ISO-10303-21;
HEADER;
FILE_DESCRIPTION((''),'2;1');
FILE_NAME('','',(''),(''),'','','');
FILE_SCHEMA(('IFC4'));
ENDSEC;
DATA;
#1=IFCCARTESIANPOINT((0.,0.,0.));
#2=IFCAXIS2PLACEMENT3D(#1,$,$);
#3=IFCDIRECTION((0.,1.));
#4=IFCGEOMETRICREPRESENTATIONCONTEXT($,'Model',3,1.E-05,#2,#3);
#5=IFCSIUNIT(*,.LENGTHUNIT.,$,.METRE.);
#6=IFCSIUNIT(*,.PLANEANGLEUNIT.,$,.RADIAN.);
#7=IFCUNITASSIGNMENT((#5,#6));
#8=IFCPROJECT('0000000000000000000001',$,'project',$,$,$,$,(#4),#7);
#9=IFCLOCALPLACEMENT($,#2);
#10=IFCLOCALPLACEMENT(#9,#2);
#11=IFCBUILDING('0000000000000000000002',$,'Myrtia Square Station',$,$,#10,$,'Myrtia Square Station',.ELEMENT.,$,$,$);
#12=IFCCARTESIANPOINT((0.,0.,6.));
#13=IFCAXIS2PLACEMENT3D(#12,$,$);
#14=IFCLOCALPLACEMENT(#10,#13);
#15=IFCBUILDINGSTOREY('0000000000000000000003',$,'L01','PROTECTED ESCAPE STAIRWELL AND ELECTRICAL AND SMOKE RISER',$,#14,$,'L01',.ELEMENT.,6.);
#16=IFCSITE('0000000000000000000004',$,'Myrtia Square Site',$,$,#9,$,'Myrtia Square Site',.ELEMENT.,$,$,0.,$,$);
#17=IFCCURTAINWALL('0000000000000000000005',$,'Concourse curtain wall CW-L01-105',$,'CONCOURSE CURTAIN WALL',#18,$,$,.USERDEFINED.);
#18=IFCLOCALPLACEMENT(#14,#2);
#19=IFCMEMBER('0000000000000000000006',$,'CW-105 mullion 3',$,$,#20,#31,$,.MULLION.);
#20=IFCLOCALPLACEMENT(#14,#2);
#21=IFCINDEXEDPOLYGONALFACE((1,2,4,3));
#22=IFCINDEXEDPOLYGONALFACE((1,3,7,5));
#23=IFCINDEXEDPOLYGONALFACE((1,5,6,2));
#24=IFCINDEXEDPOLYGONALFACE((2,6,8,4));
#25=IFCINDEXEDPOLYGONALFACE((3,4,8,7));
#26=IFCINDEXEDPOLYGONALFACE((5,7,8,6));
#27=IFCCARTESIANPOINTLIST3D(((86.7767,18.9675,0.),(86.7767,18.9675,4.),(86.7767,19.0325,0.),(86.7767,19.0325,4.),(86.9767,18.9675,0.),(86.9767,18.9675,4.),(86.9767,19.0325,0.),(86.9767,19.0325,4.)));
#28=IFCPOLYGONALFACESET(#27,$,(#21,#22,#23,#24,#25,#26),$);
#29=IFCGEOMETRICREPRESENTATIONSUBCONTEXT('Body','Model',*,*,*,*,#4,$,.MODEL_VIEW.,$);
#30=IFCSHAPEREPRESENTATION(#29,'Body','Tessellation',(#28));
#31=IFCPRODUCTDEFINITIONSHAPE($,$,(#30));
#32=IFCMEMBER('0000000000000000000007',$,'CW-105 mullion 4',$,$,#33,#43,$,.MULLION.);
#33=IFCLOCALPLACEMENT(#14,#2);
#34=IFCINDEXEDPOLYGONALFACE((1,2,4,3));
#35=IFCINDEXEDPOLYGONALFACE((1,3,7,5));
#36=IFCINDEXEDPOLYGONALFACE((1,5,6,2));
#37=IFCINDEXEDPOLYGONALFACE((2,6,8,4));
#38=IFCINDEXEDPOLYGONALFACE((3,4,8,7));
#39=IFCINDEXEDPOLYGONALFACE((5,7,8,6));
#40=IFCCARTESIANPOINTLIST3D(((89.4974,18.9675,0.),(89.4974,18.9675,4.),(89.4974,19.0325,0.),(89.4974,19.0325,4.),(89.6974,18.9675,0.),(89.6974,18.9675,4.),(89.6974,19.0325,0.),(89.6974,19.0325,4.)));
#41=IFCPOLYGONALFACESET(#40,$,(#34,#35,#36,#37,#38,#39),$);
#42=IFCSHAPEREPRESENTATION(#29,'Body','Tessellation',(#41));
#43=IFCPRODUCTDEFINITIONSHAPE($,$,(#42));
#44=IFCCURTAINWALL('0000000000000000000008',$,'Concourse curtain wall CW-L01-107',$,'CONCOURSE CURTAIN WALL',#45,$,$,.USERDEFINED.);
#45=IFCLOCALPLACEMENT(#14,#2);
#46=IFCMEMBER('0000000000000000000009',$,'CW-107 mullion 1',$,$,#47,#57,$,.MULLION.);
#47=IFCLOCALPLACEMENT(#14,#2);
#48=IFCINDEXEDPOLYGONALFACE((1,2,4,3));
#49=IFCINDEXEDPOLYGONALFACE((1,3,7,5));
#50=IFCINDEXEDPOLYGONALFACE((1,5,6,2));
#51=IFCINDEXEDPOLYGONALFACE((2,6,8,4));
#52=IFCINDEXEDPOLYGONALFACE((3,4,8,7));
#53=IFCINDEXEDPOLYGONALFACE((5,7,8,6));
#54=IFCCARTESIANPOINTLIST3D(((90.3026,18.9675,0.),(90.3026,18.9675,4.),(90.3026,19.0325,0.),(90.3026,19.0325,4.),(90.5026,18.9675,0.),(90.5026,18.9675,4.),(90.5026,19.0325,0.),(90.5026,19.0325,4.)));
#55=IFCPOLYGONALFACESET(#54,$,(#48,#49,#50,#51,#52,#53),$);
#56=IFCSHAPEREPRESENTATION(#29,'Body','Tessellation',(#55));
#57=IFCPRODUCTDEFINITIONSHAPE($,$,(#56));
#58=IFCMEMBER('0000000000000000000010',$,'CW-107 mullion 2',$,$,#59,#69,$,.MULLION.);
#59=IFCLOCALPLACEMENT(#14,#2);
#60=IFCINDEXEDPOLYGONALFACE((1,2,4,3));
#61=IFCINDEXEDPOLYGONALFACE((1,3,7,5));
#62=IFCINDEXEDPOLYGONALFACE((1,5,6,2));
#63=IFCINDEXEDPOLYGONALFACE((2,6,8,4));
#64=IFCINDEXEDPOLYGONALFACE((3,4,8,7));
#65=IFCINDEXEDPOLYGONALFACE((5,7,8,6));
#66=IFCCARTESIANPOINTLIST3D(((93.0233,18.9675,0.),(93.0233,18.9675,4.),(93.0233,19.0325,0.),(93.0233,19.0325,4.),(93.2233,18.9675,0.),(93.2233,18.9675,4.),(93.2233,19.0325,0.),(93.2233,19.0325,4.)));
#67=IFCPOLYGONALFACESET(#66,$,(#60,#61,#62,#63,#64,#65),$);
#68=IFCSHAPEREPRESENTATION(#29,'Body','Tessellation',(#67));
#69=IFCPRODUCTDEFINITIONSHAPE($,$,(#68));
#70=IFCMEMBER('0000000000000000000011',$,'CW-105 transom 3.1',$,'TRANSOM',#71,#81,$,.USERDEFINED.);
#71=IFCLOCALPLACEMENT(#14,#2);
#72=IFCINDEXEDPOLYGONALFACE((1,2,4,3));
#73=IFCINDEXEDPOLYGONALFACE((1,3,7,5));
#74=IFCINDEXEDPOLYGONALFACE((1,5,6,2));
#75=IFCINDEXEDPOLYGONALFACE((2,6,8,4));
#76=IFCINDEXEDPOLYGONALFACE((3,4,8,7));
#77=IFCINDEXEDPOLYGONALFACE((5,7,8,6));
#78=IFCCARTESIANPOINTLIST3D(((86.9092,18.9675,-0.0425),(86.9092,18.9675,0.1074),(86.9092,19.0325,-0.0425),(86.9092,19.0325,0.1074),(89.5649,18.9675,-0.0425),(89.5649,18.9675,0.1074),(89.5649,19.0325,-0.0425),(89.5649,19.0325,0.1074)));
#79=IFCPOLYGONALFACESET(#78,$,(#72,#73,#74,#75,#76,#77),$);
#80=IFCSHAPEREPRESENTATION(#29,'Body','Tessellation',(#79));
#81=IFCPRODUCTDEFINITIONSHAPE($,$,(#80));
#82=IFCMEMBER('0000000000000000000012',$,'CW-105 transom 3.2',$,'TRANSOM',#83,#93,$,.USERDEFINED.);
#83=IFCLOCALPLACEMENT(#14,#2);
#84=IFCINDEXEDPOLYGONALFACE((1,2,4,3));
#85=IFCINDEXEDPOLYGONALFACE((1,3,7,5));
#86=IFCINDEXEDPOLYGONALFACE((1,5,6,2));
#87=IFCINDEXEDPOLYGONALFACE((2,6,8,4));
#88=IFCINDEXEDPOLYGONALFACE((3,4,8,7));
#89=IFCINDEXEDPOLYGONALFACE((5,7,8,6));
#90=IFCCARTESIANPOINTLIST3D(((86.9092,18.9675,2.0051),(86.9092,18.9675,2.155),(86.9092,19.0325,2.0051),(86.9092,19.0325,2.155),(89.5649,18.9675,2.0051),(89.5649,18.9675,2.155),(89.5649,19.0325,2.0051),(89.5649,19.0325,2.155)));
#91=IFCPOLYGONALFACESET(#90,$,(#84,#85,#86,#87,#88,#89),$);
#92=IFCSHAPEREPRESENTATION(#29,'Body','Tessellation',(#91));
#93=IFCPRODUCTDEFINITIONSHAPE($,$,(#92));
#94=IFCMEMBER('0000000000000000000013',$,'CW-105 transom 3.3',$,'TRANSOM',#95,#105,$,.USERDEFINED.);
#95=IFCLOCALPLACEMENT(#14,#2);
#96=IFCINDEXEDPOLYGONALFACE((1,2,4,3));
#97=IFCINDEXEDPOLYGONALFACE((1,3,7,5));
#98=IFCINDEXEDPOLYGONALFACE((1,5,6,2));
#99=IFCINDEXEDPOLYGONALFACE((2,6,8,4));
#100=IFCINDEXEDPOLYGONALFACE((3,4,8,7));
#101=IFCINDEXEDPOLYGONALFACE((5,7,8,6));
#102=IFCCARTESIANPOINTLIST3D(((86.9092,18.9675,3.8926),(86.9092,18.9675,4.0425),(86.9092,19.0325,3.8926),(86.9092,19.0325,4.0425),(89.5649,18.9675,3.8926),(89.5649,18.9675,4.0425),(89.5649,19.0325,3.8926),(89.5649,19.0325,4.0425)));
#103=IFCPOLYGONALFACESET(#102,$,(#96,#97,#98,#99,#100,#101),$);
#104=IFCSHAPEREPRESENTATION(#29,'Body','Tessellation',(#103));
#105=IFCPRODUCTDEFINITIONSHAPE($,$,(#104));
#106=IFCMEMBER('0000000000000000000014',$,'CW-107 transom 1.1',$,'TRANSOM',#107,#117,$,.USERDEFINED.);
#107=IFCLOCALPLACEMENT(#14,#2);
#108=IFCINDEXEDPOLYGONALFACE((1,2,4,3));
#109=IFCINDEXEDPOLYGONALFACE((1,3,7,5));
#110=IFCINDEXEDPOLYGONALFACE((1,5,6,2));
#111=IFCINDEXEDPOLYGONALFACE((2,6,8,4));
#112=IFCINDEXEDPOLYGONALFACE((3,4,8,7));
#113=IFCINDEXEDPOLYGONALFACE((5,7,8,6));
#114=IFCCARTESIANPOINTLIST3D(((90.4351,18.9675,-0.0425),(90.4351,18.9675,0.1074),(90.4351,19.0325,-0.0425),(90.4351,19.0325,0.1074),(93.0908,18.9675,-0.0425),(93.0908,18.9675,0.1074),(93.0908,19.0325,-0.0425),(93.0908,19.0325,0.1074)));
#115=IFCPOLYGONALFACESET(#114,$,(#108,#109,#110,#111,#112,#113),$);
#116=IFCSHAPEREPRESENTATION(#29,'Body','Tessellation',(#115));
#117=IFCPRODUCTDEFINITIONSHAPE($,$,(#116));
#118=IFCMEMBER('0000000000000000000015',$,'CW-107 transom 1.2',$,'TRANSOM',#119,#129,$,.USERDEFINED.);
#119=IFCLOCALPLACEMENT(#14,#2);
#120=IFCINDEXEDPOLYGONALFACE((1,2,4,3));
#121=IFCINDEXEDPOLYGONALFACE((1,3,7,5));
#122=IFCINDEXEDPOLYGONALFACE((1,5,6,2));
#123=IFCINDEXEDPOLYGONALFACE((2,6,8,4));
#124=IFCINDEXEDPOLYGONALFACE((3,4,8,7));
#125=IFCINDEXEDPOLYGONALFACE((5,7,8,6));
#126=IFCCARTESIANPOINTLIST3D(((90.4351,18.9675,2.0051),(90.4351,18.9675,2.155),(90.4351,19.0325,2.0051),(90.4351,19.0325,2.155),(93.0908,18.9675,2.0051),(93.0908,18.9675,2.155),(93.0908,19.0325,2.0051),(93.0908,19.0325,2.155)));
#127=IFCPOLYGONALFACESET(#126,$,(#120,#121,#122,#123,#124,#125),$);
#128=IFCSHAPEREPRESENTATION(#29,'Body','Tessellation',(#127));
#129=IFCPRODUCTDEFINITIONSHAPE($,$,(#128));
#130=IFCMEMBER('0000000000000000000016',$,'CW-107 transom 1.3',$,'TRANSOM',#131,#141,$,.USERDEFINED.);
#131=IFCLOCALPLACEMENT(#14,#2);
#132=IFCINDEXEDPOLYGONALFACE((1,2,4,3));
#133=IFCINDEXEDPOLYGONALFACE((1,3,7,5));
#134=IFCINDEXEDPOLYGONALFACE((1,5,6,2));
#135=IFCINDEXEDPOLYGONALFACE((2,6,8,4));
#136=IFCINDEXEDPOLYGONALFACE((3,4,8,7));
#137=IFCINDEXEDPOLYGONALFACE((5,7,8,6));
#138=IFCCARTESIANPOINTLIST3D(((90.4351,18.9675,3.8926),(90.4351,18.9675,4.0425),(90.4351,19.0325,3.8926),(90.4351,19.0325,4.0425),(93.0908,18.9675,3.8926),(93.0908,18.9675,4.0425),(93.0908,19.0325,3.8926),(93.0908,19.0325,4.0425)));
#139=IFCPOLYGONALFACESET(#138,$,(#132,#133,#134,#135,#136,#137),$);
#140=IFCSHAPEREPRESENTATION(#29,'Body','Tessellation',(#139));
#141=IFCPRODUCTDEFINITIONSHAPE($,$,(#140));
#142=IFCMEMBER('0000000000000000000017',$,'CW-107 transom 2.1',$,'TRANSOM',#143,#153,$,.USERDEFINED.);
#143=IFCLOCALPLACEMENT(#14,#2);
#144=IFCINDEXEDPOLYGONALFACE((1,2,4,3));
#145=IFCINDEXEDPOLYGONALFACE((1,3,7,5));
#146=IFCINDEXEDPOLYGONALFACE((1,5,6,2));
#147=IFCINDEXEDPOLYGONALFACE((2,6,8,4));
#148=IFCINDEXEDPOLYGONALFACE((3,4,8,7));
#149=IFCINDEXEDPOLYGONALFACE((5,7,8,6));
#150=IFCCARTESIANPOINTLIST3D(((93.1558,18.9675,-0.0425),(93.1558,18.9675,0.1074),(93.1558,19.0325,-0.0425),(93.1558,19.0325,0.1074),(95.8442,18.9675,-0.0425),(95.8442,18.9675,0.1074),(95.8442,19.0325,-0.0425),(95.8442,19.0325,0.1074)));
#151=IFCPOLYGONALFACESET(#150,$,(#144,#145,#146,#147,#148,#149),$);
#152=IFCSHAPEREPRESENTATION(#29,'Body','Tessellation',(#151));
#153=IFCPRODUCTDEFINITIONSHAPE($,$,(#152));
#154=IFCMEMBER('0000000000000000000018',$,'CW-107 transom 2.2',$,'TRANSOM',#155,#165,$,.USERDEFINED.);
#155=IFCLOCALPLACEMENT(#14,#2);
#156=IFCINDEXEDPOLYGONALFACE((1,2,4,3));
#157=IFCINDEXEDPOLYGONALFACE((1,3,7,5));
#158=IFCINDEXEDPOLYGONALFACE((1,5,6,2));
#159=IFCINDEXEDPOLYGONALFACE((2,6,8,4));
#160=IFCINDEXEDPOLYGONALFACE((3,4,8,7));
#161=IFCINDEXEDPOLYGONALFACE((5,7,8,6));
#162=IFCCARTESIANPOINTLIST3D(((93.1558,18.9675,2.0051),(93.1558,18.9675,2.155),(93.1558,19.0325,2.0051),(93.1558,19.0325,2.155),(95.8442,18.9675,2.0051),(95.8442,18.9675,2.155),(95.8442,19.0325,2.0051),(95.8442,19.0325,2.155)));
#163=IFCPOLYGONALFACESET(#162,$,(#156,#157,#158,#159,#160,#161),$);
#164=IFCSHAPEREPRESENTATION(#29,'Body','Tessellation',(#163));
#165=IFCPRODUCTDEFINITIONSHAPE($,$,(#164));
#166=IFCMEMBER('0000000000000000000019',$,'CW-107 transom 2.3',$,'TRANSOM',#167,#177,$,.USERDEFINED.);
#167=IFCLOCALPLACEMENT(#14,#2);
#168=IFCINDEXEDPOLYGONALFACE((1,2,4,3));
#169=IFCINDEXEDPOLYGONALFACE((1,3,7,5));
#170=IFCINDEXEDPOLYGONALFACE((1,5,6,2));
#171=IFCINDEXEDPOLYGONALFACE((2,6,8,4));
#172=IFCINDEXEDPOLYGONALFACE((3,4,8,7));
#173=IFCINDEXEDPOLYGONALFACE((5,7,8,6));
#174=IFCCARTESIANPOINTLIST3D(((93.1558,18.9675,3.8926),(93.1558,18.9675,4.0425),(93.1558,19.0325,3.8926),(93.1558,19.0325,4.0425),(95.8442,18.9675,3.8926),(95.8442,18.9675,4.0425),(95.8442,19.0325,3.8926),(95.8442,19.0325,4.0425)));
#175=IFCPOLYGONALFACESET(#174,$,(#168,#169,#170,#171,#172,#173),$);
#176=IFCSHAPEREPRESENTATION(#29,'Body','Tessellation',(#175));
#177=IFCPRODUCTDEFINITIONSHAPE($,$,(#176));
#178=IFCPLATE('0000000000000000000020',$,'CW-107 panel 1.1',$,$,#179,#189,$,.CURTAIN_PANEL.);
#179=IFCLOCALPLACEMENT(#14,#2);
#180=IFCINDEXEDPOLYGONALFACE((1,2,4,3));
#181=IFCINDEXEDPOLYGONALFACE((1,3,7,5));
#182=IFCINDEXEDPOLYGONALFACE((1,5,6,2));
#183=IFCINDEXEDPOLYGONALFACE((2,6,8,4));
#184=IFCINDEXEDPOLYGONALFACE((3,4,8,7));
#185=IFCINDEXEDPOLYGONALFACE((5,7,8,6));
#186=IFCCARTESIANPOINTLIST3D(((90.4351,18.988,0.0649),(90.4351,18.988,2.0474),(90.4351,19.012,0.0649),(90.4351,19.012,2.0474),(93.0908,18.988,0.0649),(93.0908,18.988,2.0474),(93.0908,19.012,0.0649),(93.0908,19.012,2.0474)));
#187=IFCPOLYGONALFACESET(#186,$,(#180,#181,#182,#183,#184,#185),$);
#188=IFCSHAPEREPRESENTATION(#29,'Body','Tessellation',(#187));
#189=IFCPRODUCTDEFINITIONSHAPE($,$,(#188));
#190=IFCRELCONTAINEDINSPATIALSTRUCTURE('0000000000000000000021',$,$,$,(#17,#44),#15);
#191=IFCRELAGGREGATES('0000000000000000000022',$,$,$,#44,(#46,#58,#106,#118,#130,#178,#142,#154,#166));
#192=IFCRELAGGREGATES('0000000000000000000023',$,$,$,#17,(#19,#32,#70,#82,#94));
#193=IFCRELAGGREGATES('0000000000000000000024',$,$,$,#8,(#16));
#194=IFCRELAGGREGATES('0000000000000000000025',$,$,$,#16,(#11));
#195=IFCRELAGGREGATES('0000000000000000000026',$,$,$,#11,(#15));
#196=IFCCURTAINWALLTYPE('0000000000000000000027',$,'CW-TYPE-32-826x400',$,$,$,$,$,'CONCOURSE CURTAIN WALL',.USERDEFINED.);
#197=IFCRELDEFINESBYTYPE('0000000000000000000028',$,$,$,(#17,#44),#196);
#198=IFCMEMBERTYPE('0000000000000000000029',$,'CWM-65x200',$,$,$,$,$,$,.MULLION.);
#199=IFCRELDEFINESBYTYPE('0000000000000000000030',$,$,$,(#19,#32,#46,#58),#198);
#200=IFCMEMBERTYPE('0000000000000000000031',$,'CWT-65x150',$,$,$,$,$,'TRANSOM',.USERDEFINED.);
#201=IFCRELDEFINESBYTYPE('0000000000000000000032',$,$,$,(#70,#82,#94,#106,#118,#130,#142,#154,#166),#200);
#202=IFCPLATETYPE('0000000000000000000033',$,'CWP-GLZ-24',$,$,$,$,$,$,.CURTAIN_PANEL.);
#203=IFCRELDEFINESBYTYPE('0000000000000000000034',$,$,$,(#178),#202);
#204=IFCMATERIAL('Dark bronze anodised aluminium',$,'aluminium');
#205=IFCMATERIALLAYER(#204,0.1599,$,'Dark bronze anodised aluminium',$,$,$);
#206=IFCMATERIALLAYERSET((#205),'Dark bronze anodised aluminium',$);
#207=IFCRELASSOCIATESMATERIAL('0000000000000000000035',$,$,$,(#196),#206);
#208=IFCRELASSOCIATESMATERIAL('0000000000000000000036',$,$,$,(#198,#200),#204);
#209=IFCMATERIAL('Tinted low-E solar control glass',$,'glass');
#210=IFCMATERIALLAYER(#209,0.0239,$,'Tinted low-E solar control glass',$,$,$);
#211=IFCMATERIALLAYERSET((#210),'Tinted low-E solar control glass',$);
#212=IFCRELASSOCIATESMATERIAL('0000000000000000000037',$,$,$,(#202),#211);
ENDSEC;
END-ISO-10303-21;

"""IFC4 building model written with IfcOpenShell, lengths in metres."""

from ifc_helpers import new_model, si_unit, direction, frame, origin, origin_2d, place, context, subcontext, project, spatial, rectangle, extrude, material, layer, layer_set, material_profile, profile_set, type_object, element, aggregate, save


model = new_model("IFC4")

# Units and contexts
model_context = context("Model", 3, precision=1e-05, world=origin(), true_north=direction((0.0, 1.0)))
body_context = subcontext(model_context, "Body", "Model", "MODEL_VIEW")
ifc_project = project(units=[si_unit("LENGTHUNIT", "METRE"), si_unit("PLANEANGLEUNIT", "RADIAN")], contexts=[model_context])

# Site, building, storey
site_placement = place(None, origin())
site = spatial("IfcSite", under=ifc_project, at=site_placement, Name="Myrtia Square Site", LongName="Myrtia Square Site", CompositionType="ELEMENT", RefElevation=0.0)
building_placement = place(site_placement, origin())
building = spatial("IfcBuilding", under=site, at=building_placement, Name="Myrtia Square Station", LongName="Myrtia Square Station", CompositionType="ELEMENT")
storey_placement = place(building_placement, frame((0.0, 0.0, 6.0)))
storey = spatial("IfcBuildingStorey", under=building, at=storey_placement, Name="L01", Description="PROTECTED ESCAPE STAIRWELL AND ELECTRICAL AND SMOKE RISER", LongName="L01", CompositionType="ELEMENT", Elevation=6.0)

# Curtain walls, members
ifc_material_1 = material(Name="Dark bronze anodised aluminium", Category="aluminium")
ifc_layer_1 = layer(ifc_material_1, 0.1599, Name="Dark bronze anodised aluminium")
ifc_layer_set_1 = layer_set([ifc_layer_1], Name="Dark bronze anodised aluminium")
curtain_wall_type = type_object("IfcCurtainWallType", Name="CW-TYPE-32-826x400", ElementType="CONCOURSE CURTAIN WALL", PredefinedType="USERDEFINED", material=ifc_layer_set_1)
curtain_wall_1_placement = place(storey_placement, origin())
curtain_wall_1 = element("IfcCurtainWall", 1, at=curtain_wall_1_placement, inside=storey, type_object=curtain_wall_type, Name="Concourse curtain wall CW-L01-105", ObjectType="CONCOURSE CURTAIN WALL", PredefinedType="USERDEFINED")
ifc_material_profile_1 = material_profile(ifc_material_1, rectangle(XDim=0.0649, YDim=0.2, at=origin_2d()), Name="ALU-M 65x200")
ifc_profile_set_1 = profile_set([ifc_material_profile_1], Name="Dark bronze anodised aluminium")
member_type_1 = type_object("IfcMemberType", Name="CWM-65x200", PredefinedType="MULLION", material=ifc_profile_set_1)
member_1_placement = place(storey_placement, frame((86.8767, 19.0, 0.0), z_axis=(0.0, 0.0, 1.0), x_axis=(0.0, 1.0, 0.0)))
member_1 = element("IfcMember", 2, at=member_1_placement, type_object=member_type_1, Name="CW-105 mullion 3", PredefinedType="MULLION", context=body_context, shape_type="SweptSolid", body=[
    extrude(rectangle(XDim=0.0649, YDim=0.2, at=origin_2d()), origin(), (0.0, 0.0, 1.0), 4.0),
])
member_2_placement = place(storey_placement, frame((89.5974, 19.0, 0.0), z_axis=(0.0, 0.0, 1.0), x_axis=(0.0, 1.0, 0.0)))
member_2 = element("IfcMember", 3, at=member_2_placement, type_object=member_type_1, Name="CW-105 mullion 4", PredefinedType="MULLION", context=body_context, shape_type="SweptSolid", body=[
    extrude(rectangle(XDim=0.0649, YDim=0.2, at=origin_2d()), origin(), (0.0, 0.0, 1.0), 4.0),
])
curtain_wall_2_placement = place(storey_placement, origin())
curtain_wall_2 = element("IfcCurtainWall", 4, at=curtain_wall_2_placement, inside=storey, type_object=curtain_wall_type, Name="Concourse curtain wall CW-L01-107", ObjectType="CONCOURSE CURTAIN WALL", PredefinedType="USERDEFINED")
member_3_placement = place(storey_placement, frame((90.4026, 19.0, 0.0), z_axis=(0.0, 0.0, 1.0), x_axis=(0.0, 1.0, 0.0)))
member_3 = element("IfcMember", 5, at=member_3_placement, type_object=member_type_1, Name="CW-107 mullion 1", PredefinedType="MULLION", context=body_context, shape_type="SweptSolid", body=[
    extrude(rectangle(XDim=0.0649, YDim=0.2, at=origin_2d()), origin(), (0.0, 0.0, 1.0), 4.0),
])
member_4_placement = place(storey_placement, frame((93.1233, 19.0, 0.0), z_axis=(0.0, 0.0, 1.0), x_axis=(0.0, 1.0, 0.0)))
member_4 = element("IfcMember", 6, at=member_4_placement, type_object=member_type_1, Name="CW-107 mullion 2", PredefinedType="MULLION", context=body_context, shape_type="SweptSolid", body=[
    extrude(rectangle(XDim=0.0649, YDim=0.2, at=origin_2d()), origin(), (0.0, 0.0, 1.0), 4.0),
])

# Members
ifc_material_profile_2 = material_profile(ifc_material_1, rectangle(XDim=0.0649, YDim=0.1499, at=origin_2d()), Name="ALU-T 65x150")
ifc_profile_set_2 = profile_set([ifc_material_profile_2], Name="Dark bronze anodised aluminium")
member_type_2 = type_object("IfcMemberType", Name="CWT-65x150", ElementType="TRANSOM", PredefinedType="USERDEFINED", material=ifc_profile_set_2)
member_5_placement = place(storey_placement, frame((86.9092, 19.0, 0.0325), z_axis=(1.0, 0.0, 0.0), x_axis=(0.0, 1.0, 0.0)))
member_5 = element("IfcMember", 7, at=member_5_placement, type_object=member_type_2, Name="CW-105 transom 3.1", ObjectType="TRANSOM", PredefinedType="USERDEFINED", context=body_context, shape_type="SweptSolid", body=[
    extrude(rectangle(XDim=0.0649, YDim=0.1499, at=origin_2d()), origin(), (0.0, 0.0, 1.0), 2.6558),
])
member_6_placement = place(storey_placement, frame((86.9092, 19.0, 2.0801), z_axis=(1.0, 0.0, 0.0), x_axis=(0.0, 1.0, 0.0)))
member_6 = element("IfcMember", 8, at=member_6_placement, type_object=member_type_2, Name="CW-105 transom 3.2", ObjectType="TRANSOM", PredefinedType="USERDEFINED", context=body_context, shape_type="SweptSolid", body=[
    extrude(rectangle(XDim=0.0649, YDim=0.1499, at=origin_2d()), origin(), (0.0, 0.0, 1.0), 2.6558),
])
member_7_placement = place(storey_placement, frame((86.9092, 19.0, 3.9675), z_axis=(1.0, 0.0, 0.0), x_axis=(0.0, 1.0, 0.0)))
member_7 = element("IfcMember", 9, at=member_7_placement, type_object=member_type_2, Name="CW-105 transom 3.3", ObjectType="TRANSOM", PredefinedType="USERDEFINED", context=body_context, shape_type="SweptSolid", body=[
    extrude(rectangle(XDim=0.0649, YDim=0.1499, at=origin_2d()), origin(), (0.0, 0.0, 1.0), 2.6558),
])
member_8_placement = place(storey_placement, frame((90.4351, 19.0, 0.0325), z_axis=(1.0, 0.0, 0.0), x_axis=(0.0, 1.0, 0.0)))
member_8 = element("IfcMember", 10, at=member_8_placement, type_object=member_type_2, Name="CW-107 transom 1.1", ObjectType="TRANSOM", PredefinedType="USERDEFINED", context=body_context, shape_type="SweptSolid", body=[
    extrude(rectangle(XDim=0.0649, YDim=0.1499, at=origin_2d()), origin(), (0.0, 0.0, 1.0), 2.6558),
])
member_9_placement = place(storey_placement, frame((90.4351, 19.0, 2.0801), z_axis=(1.0, 0.0, 0.0), x_axis=(0.0, 1.0, 0.0)))
member_9 = element("IfcMember", 11, at=member_9_placement, type_object=member_type_2, Name="CW-107 transom 1.2", ObjectType="TRANSOM", PredefinedType="USERDEFINED", context=body_context, shape_type="SweptSolid", body=[
    extrude(rectangle(XDim=0.0649, YDim=0.1499, at=origin_2d()), origin(), (0.0, 0.0, 1.0), 2.6558),
])
member_10_placement = place(storey_placement, frame((90.4351, 19.0, 3.9675), z_axis=(1.0, 0.0, 0.0), x_axis=(0.0, 1.0, 0.0)))
member_10 = element("IfcMember", 12, at=member_10_placement, type_object=member_type_2, Name="CW-107 transom 1.3", ObjectType="TRANSOM", PredefinedType="USERDEFINED", context=body_context, shape_type="SweptSolid", body=[
    extrude(rectangle(XDim=0.0649, YDim=0.1499, at=origin_2d()), origin(), (0.0, 0.0, 1.0), 2.6558),
])
member_11_placement = place(storey_placement, frame((93.1558, 19.0, 0.0325), z_axis=(1.0, 0.0, 0.0), x_axis=(0.0, 1.0, 0.0)))
member_11 = element("IfcMember", 13, at=member_11_placement, type_object=member_type_2, Name="CW-107 transom 2.1", ObjectType="TRANSOM", PredefinedType="USERDEFINED", context=body_context, shape_type="SweptSolid", body=[
    extrude(rectangle(XDim=0.0649, YDim=0.1499, at=origin_2d()), origin(), (0.0, 0.0, 1.0), 2.6885),
])
member_12_placement = place(storey_placement, frame((93.1558, 19.0, 2.0801), z_axis=(1.0, 0.0, 0.0), x_axis=(0.0, 1.0, 0.0)))
member_12 = element("IfcMember", 14, at=member_12_placement, type_object=member_type_2, Name="CW-107 transom 2.2", ObjectType="TRANSOM", PredefinedType="USERDEFINED", context=body_context, shape_type="SweptSolid", body=[
    extrude(rectangle(XDim=0.0649, YDim=0.1499, at=origin_2d()), origin(), (0.0, 0.0, 1.0), 2.6885),
])
member_13_placement = place(storey_placement, frame((93.1558, 19.0, 3.9675), z_axis=(1.0, 0.0, 0.0), x_axis=(0.0, 1.0, 0.0)))
member_13 = element("IfcMember", 15, at=member_13_placement, type_object=member_type_2, Name="CW-107 transom 2.3", ObjectType="TRANSOM", PredefinedType="USERDEFINED", context=body_context, shape_type="SweptSolid", body=[
    extrude(rectangle(XDim=0.0649, YDim=0.1499, at=origin_2d()), origin(), (0.0, 0.0, 1.0), 2.6885),
])

# Plate
ifc_material_2 = material(Name="Tinted low-E solar control glass", Category="glass")
ifc_layer_2 = layer(ifc_material_2, 0.0239, Name="Tinted low-E solar control glass")
ifc_layer_set_2 = layer_set([ifc_layer_2], Name="Tinted low-E solar control glass")
plate_type_1 = type_object("IfcPlateType", Name="CWP-GLZ-24", PredefinedType="CURTAIN_PANEL", material=ifc_layer_set_2)
plate_1_placement = place(storey_placement, frame((91.7629, 19.0, 0.0649), z_axis=(0.0, 0.0, 1.0), x_axis=(1.0, 0.0, 0.0)))
plate_1 = element("IfcPlate", 16, at=plate_1_placement, type_object=plate_type_1, Name="CW-107 panel 1.1", PredefinedType="CURTAIN_PANEL", context=body_context, shape_type="SweptSolid", body=[
    extrude(rectangle(XDim=2.6558, YDim=0.0239, at=origin_2d()), origin(), (0.0, 0.0, 1.0), 1.9824),
])
aggregate(curtain_wall_2, [member_3, member_4, member_8, member_9, member_10, plate_1, member_11, member_12, member_13])
aggregate(curtain_wall_1, [member_1, member_2, member_5, member_6, member_7])

save(model, "model.ifc")
